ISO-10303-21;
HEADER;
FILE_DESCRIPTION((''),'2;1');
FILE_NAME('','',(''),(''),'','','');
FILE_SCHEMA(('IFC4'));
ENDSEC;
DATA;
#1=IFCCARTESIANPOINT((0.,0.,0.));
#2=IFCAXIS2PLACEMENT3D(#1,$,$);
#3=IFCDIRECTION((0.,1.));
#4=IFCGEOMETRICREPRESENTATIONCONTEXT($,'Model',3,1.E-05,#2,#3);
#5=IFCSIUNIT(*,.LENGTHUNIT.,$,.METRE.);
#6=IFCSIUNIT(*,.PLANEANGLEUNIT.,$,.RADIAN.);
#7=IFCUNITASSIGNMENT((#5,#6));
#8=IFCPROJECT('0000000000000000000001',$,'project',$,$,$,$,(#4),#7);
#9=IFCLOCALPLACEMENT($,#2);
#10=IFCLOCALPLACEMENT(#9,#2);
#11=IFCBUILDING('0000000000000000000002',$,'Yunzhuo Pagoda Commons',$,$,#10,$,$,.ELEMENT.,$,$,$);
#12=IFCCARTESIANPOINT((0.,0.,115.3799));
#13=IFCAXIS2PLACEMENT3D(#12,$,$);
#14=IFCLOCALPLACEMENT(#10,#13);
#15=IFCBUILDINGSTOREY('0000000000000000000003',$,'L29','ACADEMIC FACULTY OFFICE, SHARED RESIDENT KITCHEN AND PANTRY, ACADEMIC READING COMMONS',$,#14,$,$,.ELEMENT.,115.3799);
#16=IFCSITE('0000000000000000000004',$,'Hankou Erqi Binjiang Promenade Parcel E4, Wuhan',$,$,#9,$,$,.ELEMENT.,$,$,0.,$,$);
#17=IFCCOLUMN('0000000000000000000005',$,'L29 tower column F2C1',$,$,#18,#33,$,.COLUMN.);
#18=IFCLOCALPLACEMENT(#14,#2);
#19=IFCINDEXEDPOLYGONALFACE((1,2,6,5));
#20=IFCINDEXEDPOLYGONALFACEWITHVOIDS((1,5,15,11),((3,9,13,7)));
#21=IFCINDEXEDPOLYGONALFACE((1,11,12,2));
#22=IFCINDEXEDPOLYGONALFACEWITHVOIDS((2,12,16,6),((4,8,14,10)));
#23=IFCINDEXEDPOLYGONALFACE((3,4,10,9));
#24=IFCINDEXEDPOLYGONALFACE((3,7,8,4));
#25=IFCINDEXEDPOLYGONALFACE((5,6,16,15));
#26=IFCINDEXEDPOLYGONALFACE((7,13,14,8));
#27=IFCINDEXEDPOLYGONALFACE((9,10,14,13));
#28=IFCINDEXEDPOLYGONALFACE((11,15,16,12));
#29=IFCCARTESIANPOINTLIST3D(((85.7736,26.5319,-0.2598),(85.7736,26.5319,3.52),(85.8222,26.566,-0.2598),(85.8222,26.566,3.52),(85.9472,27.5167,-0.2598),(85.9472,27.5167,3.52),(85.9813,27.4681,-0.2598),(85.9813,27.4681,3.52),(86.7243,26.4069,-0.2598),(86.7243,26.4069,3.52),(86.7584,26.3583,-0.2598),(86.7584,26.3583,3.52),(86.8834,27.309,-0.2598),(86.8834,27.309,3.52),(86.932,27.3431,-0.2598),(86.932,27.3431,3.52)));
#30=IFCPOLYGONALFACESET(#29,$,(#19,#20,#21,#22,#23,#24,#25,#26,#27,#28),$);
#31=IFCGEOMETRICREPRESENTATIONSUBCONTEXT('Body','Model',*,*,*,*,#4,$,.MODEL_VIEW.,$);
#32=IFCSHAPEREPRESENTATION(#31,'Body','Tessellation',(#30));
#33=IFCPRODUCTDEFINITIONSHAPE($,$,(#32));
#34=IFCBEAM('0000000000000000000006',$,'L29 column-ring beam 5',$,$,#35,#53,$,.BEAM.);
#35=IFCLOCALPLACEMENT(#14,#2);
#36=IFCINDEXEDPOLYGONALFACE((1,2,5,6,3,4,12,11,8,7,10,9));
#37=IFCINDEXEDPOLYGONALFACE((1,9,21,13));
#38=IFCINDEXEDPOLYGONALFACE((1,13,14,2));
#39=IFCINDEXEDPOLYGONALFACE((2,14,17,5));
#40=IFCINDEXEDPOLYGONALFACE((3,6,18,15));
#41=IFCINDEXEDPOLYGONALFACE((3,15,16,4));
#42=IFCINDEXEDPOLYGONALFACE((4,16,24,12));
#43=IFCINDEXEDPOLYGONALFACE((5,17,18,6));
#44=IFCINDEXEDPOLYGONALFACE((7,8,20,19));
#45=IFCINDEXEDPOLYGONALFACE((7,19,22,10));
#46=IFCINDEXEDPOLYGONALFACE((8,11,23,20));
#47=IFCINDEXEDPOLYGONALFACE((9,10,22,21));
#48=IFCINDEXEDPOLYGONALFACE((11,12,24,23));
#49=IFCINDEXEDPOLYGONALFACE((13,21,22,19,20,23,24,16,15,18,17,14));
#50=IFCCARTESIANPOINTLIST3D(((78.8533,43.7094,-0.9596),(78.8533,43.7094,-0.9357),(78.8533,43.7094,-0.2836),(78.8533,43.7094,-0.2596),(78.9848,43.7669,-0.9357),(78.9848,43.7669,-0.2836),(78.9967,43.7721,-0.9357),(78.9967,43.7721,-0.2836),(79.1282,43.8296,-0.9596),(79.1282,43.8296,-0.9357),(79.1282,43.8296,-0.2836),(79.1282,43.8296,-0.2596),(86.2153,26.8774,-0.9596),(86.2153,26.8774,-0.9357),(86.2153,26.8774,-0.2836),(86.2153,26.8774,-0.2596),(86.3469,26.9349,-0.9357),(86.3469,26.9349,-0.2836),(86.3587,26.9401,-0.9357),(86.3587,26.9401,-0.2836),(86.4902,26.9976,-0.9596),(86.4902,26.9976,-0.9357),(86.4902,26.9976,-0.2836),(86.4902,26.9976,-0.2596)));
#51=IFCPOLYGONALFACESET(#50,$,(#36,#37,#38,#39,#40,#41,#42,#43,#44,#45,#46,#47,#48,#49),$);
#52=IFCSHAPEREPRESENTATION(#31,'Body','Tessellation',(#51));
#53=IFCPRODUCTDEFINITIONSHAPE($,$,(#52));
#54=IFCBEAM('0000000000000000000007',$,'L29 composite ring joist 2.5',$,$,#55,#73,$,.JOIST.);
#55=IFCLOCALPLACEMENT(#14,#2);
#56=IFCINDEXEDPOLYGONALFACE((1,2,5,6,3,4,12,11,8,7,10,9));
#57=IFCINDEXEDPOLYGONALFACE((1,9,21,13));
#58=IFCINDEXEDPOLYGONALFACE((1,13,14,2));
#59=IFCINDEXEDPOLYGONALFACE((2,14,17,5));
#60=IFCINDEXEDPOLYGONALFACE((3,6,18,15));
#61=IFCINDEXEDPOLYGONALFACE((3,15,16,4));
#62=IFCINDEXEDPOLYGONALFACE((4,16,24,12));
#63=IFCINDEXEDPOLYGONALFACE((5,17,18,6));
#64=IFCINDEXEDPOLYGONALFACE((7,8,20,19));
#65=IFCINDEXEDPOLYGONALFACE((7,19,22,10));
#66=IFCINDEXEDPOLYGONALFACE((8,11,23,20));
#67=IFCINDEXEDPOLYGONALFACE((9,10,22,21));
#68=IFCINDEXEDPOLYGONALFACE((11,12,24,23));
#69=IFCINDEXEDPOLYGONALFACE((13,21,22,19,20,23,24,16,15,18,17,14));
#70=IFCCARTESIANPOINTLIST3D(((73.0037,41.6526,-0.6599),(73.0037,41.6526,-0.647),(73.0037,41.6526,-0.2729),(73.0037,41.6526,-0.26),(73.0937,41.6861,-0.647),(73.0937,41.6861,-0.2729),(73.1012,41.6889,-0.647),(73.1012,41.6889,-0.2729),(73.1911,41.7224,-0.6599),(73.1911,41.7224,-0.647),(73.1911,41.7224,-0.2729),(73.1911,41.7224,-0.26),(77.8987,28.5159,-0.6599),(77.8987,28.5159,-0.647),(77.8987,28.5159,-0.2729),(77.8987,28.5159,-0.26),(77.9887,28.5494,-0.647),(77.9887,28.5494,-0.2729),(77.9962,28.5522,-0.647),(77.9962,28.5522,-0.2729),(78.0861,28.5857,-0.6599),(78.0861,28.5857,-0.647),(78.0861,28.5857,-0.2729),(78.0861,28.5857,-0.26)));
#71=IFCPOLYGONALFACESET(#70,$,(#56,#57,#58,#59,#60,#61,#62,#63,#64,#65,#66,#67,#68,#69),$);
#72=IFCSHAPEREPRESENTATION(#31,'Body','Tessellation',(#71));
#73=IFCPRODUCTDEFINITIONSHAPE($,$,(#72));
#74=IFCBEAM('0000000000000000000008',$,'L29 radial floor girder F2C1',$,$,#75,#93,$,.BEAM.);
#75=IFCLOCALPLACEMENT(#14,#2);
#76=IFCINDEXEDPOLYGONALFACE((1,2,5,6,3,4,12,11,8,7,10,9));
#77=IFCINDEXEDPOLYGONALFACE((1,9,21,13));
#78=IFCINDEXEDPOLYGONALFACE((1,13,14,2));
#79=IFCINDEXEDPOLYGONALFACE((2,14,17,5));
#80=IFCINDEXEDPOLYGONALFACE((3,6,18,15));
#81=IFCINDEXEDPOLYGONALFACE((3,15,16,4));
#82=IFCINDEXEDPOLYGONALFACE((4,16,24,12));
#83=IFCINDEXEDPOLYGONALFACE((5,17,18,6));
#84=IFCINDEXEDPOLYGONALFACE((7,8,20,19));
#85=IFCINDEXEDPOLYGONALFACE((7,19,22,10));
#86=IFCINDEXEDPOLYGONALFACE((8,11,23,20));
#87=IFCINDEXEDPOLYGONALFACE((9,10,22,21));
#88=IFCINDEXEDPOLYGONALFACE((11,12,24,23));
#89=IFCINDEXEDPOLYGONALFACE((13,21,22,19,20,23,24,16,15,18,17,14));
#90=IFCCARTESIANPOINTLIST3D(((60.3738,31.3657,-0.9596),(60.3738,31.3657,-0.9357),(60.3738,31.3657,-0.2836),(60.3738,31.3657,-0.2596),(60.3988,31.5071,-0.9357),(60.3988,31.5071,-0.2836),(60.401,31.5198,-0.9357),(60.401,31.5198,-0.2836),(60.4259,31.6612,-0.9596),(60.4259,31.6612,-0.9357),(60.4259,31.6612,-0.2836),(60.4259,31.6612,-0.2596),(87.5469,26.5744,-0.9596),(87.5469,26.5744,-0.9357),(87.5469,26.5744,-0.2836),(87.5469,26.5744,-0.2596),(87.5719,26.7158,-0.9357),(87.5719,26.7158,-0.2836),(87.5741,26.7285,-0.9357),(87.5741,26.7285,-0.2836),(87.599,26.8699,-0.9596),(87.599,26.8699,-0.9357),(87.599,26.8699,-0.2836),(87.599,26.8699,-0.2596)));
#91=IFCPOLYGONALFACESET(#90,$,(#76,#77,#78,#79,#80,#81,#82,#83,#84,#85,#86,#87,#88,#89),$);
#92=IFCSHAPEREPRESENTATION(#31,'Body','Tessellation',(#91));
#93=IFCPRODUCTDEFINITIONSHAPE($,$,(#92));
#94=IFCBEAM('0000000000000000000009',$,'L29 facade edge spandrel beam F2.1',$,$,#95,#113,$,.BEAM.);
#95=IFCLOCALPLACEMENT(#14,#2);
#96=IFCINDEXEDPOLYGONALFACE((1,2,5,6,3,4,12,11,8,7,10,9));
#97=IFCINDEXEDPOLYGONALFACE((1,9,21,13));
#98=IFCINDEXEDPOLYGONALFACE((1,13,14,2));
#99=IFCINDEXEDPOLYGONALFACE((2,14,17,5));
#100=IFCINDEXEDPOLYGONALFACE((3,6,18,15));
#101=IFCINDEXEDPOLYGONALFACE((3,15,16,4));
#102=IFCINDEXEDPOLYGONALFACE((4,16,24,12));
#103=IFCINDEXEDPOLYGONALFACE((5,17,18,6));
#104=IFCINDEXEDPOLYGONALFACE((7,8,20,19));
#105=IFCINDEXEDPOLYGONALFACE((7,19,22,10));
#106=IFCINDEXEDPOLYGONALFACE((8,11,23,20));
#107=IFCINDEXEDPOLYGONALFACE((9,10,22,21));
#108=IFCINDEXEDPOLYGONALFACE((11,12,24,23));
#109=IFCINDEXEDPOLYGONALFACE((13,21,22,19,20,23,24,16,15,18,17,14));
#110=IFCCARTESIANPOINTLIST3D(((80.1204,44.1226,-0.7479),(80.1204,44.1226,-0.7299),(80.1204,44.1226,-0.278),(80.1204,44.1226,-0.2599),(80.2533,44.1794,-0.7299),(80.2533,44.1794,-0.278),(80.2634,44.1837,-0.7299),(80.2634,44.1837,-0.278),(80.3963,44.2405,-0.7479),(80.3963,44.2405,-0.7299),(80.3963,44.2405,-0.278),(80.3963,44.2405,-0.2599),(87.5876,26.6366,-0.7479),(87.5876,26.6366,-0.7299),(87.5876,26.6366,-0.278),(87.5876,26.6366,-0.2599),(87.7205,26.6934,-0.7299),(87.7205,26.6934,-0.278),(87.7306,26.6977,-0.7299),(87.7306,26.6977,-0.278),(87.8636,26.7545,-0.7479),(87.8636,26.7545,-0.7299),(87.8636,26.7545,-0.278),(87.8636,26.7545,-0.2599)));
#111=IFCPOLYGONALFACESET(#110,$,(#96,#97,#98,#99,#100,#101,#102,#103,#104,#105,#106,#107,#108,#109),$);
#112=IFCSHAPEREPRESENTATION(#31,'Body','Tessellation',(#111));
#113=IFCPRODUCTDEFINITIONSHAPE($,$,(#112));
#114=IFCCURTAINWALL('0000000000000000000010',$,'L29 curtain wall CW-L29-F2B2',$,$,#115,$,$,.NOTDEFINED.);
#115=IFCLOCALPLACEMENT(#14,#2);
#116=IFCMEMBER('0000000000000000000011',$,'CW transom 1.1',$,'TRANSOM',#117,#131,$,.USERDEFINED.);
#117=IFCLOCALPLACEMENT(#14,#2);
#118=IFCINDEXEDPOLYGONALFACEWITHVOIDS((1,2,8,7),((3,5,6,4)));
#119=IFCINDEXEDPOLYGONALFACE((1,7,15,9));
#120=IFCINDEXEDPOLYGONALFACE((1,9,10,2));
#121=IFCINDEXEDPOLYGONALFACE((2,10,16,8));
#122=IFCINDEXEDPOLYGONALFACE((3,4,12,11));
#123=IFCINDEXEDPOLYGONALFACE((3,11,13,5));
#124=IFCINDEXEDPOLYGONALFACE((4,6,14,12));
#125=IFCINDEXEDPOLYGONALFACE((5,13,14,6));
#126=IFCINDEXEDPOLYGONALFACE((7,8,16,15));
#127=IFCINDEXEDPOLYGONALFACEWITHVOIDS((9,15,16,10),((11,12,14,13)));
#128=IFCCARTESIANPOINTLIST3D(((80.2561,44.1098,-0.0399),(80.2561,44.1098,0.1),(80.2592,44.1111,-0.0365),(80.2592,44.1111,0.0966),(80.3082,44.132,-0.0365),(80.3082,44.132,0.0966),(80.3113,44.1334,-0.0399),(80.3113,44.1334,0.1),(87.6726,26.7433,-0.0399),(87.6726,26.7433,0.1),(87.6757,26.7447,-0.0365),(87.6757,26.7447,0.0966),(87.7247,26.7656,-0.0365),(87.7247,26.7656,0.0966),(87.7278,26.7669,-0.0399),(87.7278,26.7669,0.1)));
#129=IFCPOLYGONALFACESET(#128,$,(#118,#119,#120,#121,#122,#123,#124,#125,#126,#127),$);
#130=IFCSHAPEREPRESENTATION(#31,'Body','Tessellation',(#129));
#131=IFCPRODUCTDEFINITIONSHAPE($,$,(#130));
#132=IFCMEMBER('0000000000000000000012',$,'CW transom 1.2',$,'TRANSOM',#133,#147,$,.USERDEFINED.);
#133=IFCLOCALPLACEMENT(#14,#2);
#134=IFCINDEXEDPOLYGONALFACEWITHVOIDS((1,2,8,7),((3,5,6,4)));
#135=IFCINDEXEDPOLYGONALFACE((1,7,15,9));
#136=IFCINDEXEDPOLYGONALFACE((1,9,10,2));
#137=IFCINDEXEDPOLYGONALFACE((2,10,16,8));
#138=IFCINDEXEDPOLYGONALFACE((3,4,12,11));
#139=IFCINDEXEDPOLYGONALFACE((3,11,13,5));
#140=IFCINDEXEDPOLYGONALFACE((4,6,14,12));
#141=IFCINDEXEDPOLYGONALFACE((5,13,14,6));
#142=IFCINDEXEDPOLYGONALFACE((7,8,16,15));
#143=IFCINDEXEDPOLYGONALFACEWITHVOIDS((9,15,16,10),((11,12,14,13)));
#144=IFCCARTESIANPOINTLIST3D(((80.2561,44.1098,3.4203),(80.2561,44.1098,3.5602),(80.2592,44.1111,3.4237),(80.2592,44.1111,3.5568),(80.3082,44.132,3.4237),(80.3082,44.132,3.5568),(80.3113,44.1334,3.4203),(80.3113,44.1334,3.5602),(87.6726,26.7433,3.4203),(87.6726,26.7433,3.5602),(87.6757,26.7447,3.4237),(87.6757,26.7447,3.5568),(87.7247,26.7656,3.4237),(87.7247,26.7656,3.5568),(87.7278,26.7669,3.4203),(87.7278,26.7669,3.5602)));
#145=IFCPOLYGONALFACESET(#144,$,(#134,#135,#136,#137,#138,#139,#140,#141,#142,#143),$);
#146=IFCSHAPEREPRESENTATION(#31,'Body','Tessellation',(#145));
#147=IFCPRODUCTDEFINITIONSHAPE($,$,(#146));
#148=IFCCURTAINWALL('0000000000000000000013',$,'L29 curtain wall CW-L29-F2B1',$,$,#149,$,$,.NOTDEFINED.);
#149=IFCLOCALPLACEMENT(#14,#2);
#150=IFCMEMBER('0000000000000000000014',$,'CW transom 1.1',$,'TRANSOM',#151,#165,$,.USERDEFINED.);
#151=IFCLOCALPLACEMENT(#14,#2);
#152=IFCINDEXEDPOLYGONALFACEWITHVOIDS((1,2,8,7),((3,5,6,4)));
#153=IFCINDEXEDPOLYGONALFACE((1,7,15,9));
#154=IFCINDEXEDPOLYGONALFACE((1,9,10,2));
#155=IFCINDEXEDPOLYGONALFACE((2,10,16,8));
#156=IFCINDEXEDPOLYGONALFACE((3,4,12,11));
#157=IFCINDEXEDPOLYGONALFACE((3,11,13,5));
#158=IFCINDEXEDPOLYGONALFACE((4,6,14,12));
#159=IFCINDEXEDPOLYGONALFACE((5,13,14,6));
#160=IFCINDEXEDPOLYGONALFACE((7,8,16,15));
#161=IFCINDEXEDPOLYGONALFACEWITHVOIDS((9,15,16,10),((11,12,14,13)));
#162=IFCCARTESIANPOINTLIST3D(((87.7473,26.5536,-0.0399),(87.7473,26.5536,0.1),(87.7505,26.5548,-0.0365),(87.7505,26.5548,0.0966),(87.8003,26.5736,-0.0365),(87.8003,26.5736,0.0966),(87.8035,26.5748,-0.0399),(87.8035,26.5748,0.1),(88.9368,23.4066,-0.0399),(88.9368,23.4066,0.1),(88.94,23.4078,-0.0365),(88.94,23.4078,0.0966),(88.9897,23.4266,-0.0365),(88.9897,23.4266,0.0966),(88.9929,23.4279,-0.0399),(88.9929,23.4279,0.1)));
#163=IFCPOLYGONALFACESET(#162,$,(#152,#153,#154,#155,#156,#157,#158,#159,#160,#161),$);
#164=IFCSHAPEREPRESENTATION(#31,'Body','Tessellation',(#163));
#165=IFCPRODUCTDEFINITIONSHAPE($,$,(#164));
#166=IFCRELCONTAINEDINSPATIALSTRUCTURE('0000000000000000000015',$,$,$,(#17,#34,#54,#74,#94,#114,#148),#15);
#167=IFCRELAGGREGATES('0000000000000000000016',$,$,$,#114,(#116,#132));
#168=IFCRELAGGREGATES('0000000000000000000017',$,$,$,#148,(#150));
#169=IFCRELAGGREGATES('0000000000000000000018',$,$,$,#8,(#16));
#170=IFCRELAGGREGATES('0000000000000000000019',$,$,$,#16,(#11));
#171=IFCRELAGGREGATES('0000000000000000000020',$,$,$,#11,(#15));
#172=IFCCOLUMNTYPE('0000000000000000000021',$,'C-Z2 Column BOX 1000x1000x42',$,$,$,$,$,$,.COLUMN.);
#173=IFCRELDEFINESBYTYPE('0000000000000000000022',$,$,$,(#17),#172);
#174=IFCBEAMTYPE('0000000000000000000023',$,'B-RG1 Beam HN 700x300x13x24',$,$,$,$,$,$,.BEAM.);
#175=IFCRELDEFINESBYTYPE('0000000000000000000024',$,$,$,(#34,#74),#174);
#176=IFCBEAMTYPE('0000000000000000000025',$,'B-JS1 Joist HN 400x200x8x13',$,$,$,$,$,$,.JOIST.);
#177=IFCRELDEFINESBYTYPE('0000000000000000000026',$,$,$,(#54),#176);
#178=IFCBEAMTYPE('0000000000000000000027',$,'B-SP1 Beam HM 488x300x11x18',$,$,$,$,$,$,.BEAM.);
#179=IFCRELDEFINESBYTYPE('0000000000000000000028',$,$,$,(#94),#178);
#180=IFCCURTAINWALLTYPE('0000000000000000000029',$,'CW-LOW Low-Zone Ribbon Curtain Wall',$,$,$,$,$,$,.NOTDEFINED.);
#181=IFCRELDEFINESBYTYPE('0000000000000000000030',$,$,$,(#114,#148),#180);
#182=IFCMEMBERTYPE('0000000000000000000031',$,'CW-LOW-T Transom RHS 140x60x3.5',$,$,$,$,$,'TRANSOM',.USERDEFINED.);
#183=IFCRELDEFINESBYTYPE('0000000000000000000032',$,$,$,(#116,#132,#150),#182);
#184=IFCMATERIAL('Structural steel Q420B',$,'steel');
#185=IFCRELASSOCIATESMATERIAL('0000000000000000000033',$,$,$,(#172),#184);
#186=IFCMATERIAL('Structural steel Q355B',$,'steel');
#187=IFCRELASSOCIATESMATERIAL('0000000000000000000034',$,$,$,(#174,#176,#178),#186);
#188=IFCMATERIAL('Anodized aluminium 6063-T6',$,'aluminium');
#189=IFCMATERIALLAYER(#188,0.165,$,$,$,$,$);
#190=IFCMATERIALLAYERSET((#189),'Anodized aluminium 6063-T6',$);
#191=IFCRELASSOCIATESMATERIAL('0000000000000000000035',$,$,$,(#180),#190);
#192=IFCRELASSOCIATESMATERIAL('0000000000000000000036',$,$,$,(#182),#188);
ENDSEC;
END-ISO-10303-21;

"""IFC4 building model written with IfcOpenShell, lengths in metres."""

from ifc_helpers import new_model, si_unit, direction, frame, origin, origin_2d, place, context, subcontext, project, spatial, hollow_rectangle, i_section, extrude, source, transform, mapped, material, layer, layer_set, material_profile, profile_set, type_object, element, aggregate, save


model = new_model("IFC4")

# Units and contexts
model_context = context("Model", 3, precision=1e-05, world=origin(), true_north=direction((0.0, 1.0)))
body_context = subcontext(model_context, "Body", "Model", "MODEL_VIEW")
ifc_project = project(units=[si_unit("LENGTHUNIT", "METRE"), si_unit("PLANEANGLEUNIT", "RADIAN")], contexts=[model_context])

# Site, building, storey
site_placement = place(None, origin())
site = spatial("IfcSite", under=ifc_project, at=site_placement, Name="Hankou Erqi Binjiang Promenade Parcel E4, Wuhan", CompositionType="ELEMENT", RefElevation=0.0)
building_placement = place(site_placement, origin())
building = spatial("IfcBuilding", under=site, at=building_placement, Name="Yunzhuo Pagoda Commons", CompositionType="ELEMENT")
storey_placement = place(building_placement, frame((0.0, 0.0, 115.3799)))
storey = spatial("IfcBuildingStorey", under=building, at=storey_placement, Name="L29", Description="ACADEMIC FACULTY OFFICE, SHARED RESIDENT KITCHEN AND PANTRY, ACADEMIC READING COMMONS", CompositionType="ELEMENT", Elevation=115.3799)

# Column
ifc_material_1 = material(Name="Structural steel Q420B", Category="steel")
ifc_material_profile_1 = material_profile(ifc_material_1, hollow_rectangle(XDim=1.0, YDim=1.0, WallThickness=0.042, at=origin_2d()), Name="Structural steel Q420B")
ifc_profile_set_1 = profile_set([ifc_material_profile_1], Name="Structural steel Q420B")
column_type = type_object("IfcColumnType", Name="C-Z2 Column BOX 1000x1000x42", PredefinedType="COLUMN", material=ifc_profile_set_1)
shared_shape_1 = source(origin(), body_context, "Body", "SweptSolid", [
    extrude(hollow_rectangle(XDim=1.0, YDim=1.0, WallThickness=0.042, at=origin_2d()), origin(), (0.0, 0.0, 1.0), 3.7798),
])
column_placement = place(storey_placement, frame((86.3528, 26.9375, -0.2598), z_axis=(0.0, 0.0, 1.0), x_axis=(0.173648, 0.984808, 0.0)))
element("IfcColumn", 1, at=column_placement, inside=storey, type_object=column_type, Name="L29 tower column F2C1", PredefinedType="COLUMN", context=body_context, shape_type="MappedRepresentation", body=[
    mapped(shared_shape_1, transform((0.0, 0.0, 0.0), scale=1.0)),
])

# Beams
ifc_material_2 = material(Name="Structural steel Q355B", Category="steel")
ifc_material_profile_2 = material_profile(ifc_material_2, i_section(OverallWidth=0.3, OverallDepth=0.7, WebThickness=0.0129, FlangeThickness=0.0239, at=origin_2d()), Name="Structural steel Q355B")
ifc_profile_set_2 = profile_set([ifc_material_profile_2], Name="Structural steel Q355B")
beam_type_1 = type_object("IfcBeamType", Name="B-RG1 Beam HN 700x300x13x24", PredefinedType="BEAM", material=ifc_profile_set_2)
shared_shape_2 = source(origin(), body_context, "Body", "SweptSolid", [
    extrude(i_section(OverallWidth=0.3, OverallDepth=0.7, WebThickness=0.0129, FlangeThickness=0.0239, at=origin_2d()), origin(), (0.0, 0.0, 1.0), 18.3716),
])
beam_1_placement = place(storey_placement, frame((86.3528, 26.9375, -0.6096), z_axis=(-0.40073, 0.916196, 0.0), x_axis=(-0.916196, -0.40073, 0.0)))
element("IfcBeam", 2, at=beam_1_placement, inside=storey, type_object=beam_type_1, Name="L29 column-ring beam 5", PredefinedType="BEAM", context=body_context, shape_type="MappedRepresentation", body=[
    mapped(shared_shape_2, transform((0.0, 0.0, 0.0), scale=1.0)),
])
ifc_material_profile_3 = material_profile(ifc_material_2, i_section(OverallWidth=0.2, OverallDepth=0.3999, WebThickness=0.0081, FlangeThickness=0.0129, at=origin_2d()), Name="Structural steel Q355B")
ifc_profile_set_3 = profile_set([ifc_material_profile_3], Name="Structural steel Q355B")
beam_type_2 = type_object("IfcBeamType", Name="B-JS1 Joist HN 400x200x8x13", PredefinedType="JOIST", material=ifc_profile_set_3)
shared_shape_3 = source(origin(), body_context, "Body", "SweptSolid", [
    extrude(i_section(OverallWidth=0.2, OverallDepth=0.3999, WebThickness=0.0081, FlangeThickness=0.0129, at=origin_2d()), origin(), (0.0, 0.0, 1.0), 14.019),
])
beam_2_placement = place(storey_placement, frame((77.9924, 28.5508, -0.46), z_axis=(-0.349168, 0.93706, 0.0), x_axis=(-0.93706, -0.349168, 0.0)))
element("IfcBeam", 3, at=beam_2_placement, inside=storey, type_object=beam_type_2, Name="L29 composite ring joist 2.5", PredefinedType="JOIST", context=body_context, shape_type="MappedRepresentation", body=[
    mapped(shared_shape_3, transform((0.0, 0.0, 0.0), scale=1.0)),
])
shared_shape_4 = source(origin(), body_context, "Body", "SweptSolid", [
    extrude(i_section(OverallWidth=0.3, OverallDepth=0.7, WebThickness=0.0129, FlangeThickness=0.0239, at=origin_2d()), origin(), (0.0, 0.0, 1.0), 27.5923),
])
beam_3_placement = place(storey_placement, frame((87.573, 26.7222, -0.6096), z_axis=(-0.984808, 0.173645, 0.0), x_axis=(-0.173645, -0.984808, 0.0)))
element("IfcBeam", 4, at=beam_3_placement, inside=storey, type_object=beam_type_1, Name="L29 radial floor girder F2C1", PredefinedType="BEAM", context=body_context, shape_type="MappedRepresentation", body=[
    mapped(shared_shape_4, transform((0.0, 0.0, 0.0), scale=1.0)),
])
ifc_material_profile_4 = material_profile(ifc_material_2, i_section(OverallWidth=0.3, OverallDepth=0.488, WebThickness=0.011, FlangeThickness=0.0181, at=origin_2d()), Name="Structural steel Q355B")
ifc_profile_set_4 = profile_set([ifc_material_profile_4], Name="Structural steel Q355B")
beam_type_3 = type_object("IfcBeamType", Name="B-SP1 Beam HM 488x300x11x18", PredefinedType="BEAM", material=ifc_profile_set_4)
shared_shape_5 = source(origin(), body_context, "Body", "SweptSolid", [
    extrude(i_section(OverallWidth=0.3, OverallDepth=0.488, WebThickness=0.011, FlangeThickness=0.0181, at=origin_2d()), origin(), (0.0, 0.0, 1.0), 19.0137),
])
beam_4_placement = place(storey_placement, frame((87.7256, 26.6956, -0.5039), z_axis=(-0.39273, 0.919654, 0.0), x_axis=(-0.919654, -0.39273, 0.0)))
element("IfcBeam", 5, at=beam_4_placement, inside=storey, type_object=beam_type_3, Name="L29 facade edge spandrel beam F2.1", PredefinedType="BEAM", context=body_context, shape_type="MappedRepresentation", body=[
    mapped(shared_shape_5, transform((0.0, 0.0, 0.0), scale=1.0)),
])

# Curtain walls, members
ifc_material_3 = material(Name="Anodized aluminium 6063-T6", Category="aluminium")
ifc_layer_1 = layer(ifc_material_3, 0.165)
ifc_layer_set_1 = layer_set([ifc_layer_1], Name="Anodized aluminium 6063-T6")
curtain_wall_type_1 = type_object("IfcCurtainWallType", Name="CW-LOW Low-Zone Ribbon Curtain Wall", PredefinedType="NOTDEFINED", material=ifc_layer_set_1)
curtain_wall_1_placement = place(storey_placement, origin())
curtain_wall_1 = element("IfcCurtainWall", 6, at=curtain_wall_1_placement, inside=storey, type_object=curtain_wall_type_1, Name="L29 curtain wall CW-L29-F2B2", PredefinedType="NOTDEFINED")
ifc_material_profile_5 = material_profile(ifc_material_3, hollow_rectangle(XDim=0.0601, YDim=0.1399, WallThickness=0.0034, at=origin_2d()), Name="Anodized aluminium 6063-T6")
ifc_profile_set_5 = profile_set([ifc_material_profile_5], Name="Anodized aluminium 6063-T6")
member_type_1 = type_object("IfcMemberType", Name="CW-LOW-T Transom RHS 140x60x3.5", ElementType="TRANSOM", PredefinedType="USERDEFINED", material=ifc_profile_set_5)
shared_shape_6 = source(origin(), body_context, "Body", "SweptSolid", [
    extrude(hollow_rectangle(XDim=0.0601, YDim=0.1399, WallThickness=0.0034, at=origin_2d()), origin(), (0.0, 0.0, 1.0), 18.8838),
])
member_1_placement = place(storey_placement, frame((87.7002, 26.7551, 0.03), z_axis=(-0.392744, 0.919648, 0.0), x_axis=(-0.919648, -0.392744, 0.0)))
member_1 = element("IfcMember", 7, at=member_1_placement, type_object=member_type_1, Name="CW transom 1.1", ObjectType="TRANSOM", PredefinedType="USERDEFINED", context=body_context, shape_type="MappedRepresentation", body=[
    mapped(shared_shape_6, transform((0.0, 0.0, 0.0), scale=1.0)),
])
member_2_placement = place(storey_placement, frame((87.7002, 26.7551, 3.4902), z_axis=(-0.392744, 0.919648, 0.0), x_axis=(-0.919648, -0.392744, 0.0)))
member_2 = element("IfcMember", 8, at=member_2_placement, type_object=member_type_1, Name="CW transom 1.2", ObjectType="TRANSOM", PredefinedType="USERDEFINED", context=body_context, shape_type="MappedRepresentation", body=[
    mapped(shared_shape_6, transform((0.0, 0.0, 0.0), scale=1.0)),
])
curtain_wall_2_placement = place(storey_placement, origin())
curtain_wall_2 = element("IfcCurtainWall", 9, at=curtain_wall_2_placement, inside=storey, type_object=curtain_wall_type_1, Name="L29 curtain wall CW-L29-F2B1", PredefinedType="NOTDEFINED")
shared_shape_7 = source(origin(), body_context, "Body", "SweptSolid", [
    extrude(hollow_rectangle(XDim=0.0601, YDim=0.1399, WallThickness=0.0034, at=origin_2d()), origin(), (0.0, 0.0, 1.0), 3.3643),
])
member_3_placement = place(storey_placement, frame((88.9648, 23.4172, 0.03), z_axis=(-0.353556, 0.935413, 0.0), x_axis=(-0.935413, -0.353556, 0.0)))
member_3 = element("IfcMember", 10, at=member_3_placement, type_object=member_type_1, Name="CW transom 1.1", ObjectType="TRANSOM", PredefinedType="USERDEFINED", context=body_context, shape_type="MappedRepresentation", body=[
    mapped(shared_shape_7, transform((0.0, 0.0, 0.0), scale=1.0)),
])

aggregate(curtain_wall_1, [member_1, member_2])

aggregate(curtain_wall_2, [member_3])

save(model, "model.ifc")
